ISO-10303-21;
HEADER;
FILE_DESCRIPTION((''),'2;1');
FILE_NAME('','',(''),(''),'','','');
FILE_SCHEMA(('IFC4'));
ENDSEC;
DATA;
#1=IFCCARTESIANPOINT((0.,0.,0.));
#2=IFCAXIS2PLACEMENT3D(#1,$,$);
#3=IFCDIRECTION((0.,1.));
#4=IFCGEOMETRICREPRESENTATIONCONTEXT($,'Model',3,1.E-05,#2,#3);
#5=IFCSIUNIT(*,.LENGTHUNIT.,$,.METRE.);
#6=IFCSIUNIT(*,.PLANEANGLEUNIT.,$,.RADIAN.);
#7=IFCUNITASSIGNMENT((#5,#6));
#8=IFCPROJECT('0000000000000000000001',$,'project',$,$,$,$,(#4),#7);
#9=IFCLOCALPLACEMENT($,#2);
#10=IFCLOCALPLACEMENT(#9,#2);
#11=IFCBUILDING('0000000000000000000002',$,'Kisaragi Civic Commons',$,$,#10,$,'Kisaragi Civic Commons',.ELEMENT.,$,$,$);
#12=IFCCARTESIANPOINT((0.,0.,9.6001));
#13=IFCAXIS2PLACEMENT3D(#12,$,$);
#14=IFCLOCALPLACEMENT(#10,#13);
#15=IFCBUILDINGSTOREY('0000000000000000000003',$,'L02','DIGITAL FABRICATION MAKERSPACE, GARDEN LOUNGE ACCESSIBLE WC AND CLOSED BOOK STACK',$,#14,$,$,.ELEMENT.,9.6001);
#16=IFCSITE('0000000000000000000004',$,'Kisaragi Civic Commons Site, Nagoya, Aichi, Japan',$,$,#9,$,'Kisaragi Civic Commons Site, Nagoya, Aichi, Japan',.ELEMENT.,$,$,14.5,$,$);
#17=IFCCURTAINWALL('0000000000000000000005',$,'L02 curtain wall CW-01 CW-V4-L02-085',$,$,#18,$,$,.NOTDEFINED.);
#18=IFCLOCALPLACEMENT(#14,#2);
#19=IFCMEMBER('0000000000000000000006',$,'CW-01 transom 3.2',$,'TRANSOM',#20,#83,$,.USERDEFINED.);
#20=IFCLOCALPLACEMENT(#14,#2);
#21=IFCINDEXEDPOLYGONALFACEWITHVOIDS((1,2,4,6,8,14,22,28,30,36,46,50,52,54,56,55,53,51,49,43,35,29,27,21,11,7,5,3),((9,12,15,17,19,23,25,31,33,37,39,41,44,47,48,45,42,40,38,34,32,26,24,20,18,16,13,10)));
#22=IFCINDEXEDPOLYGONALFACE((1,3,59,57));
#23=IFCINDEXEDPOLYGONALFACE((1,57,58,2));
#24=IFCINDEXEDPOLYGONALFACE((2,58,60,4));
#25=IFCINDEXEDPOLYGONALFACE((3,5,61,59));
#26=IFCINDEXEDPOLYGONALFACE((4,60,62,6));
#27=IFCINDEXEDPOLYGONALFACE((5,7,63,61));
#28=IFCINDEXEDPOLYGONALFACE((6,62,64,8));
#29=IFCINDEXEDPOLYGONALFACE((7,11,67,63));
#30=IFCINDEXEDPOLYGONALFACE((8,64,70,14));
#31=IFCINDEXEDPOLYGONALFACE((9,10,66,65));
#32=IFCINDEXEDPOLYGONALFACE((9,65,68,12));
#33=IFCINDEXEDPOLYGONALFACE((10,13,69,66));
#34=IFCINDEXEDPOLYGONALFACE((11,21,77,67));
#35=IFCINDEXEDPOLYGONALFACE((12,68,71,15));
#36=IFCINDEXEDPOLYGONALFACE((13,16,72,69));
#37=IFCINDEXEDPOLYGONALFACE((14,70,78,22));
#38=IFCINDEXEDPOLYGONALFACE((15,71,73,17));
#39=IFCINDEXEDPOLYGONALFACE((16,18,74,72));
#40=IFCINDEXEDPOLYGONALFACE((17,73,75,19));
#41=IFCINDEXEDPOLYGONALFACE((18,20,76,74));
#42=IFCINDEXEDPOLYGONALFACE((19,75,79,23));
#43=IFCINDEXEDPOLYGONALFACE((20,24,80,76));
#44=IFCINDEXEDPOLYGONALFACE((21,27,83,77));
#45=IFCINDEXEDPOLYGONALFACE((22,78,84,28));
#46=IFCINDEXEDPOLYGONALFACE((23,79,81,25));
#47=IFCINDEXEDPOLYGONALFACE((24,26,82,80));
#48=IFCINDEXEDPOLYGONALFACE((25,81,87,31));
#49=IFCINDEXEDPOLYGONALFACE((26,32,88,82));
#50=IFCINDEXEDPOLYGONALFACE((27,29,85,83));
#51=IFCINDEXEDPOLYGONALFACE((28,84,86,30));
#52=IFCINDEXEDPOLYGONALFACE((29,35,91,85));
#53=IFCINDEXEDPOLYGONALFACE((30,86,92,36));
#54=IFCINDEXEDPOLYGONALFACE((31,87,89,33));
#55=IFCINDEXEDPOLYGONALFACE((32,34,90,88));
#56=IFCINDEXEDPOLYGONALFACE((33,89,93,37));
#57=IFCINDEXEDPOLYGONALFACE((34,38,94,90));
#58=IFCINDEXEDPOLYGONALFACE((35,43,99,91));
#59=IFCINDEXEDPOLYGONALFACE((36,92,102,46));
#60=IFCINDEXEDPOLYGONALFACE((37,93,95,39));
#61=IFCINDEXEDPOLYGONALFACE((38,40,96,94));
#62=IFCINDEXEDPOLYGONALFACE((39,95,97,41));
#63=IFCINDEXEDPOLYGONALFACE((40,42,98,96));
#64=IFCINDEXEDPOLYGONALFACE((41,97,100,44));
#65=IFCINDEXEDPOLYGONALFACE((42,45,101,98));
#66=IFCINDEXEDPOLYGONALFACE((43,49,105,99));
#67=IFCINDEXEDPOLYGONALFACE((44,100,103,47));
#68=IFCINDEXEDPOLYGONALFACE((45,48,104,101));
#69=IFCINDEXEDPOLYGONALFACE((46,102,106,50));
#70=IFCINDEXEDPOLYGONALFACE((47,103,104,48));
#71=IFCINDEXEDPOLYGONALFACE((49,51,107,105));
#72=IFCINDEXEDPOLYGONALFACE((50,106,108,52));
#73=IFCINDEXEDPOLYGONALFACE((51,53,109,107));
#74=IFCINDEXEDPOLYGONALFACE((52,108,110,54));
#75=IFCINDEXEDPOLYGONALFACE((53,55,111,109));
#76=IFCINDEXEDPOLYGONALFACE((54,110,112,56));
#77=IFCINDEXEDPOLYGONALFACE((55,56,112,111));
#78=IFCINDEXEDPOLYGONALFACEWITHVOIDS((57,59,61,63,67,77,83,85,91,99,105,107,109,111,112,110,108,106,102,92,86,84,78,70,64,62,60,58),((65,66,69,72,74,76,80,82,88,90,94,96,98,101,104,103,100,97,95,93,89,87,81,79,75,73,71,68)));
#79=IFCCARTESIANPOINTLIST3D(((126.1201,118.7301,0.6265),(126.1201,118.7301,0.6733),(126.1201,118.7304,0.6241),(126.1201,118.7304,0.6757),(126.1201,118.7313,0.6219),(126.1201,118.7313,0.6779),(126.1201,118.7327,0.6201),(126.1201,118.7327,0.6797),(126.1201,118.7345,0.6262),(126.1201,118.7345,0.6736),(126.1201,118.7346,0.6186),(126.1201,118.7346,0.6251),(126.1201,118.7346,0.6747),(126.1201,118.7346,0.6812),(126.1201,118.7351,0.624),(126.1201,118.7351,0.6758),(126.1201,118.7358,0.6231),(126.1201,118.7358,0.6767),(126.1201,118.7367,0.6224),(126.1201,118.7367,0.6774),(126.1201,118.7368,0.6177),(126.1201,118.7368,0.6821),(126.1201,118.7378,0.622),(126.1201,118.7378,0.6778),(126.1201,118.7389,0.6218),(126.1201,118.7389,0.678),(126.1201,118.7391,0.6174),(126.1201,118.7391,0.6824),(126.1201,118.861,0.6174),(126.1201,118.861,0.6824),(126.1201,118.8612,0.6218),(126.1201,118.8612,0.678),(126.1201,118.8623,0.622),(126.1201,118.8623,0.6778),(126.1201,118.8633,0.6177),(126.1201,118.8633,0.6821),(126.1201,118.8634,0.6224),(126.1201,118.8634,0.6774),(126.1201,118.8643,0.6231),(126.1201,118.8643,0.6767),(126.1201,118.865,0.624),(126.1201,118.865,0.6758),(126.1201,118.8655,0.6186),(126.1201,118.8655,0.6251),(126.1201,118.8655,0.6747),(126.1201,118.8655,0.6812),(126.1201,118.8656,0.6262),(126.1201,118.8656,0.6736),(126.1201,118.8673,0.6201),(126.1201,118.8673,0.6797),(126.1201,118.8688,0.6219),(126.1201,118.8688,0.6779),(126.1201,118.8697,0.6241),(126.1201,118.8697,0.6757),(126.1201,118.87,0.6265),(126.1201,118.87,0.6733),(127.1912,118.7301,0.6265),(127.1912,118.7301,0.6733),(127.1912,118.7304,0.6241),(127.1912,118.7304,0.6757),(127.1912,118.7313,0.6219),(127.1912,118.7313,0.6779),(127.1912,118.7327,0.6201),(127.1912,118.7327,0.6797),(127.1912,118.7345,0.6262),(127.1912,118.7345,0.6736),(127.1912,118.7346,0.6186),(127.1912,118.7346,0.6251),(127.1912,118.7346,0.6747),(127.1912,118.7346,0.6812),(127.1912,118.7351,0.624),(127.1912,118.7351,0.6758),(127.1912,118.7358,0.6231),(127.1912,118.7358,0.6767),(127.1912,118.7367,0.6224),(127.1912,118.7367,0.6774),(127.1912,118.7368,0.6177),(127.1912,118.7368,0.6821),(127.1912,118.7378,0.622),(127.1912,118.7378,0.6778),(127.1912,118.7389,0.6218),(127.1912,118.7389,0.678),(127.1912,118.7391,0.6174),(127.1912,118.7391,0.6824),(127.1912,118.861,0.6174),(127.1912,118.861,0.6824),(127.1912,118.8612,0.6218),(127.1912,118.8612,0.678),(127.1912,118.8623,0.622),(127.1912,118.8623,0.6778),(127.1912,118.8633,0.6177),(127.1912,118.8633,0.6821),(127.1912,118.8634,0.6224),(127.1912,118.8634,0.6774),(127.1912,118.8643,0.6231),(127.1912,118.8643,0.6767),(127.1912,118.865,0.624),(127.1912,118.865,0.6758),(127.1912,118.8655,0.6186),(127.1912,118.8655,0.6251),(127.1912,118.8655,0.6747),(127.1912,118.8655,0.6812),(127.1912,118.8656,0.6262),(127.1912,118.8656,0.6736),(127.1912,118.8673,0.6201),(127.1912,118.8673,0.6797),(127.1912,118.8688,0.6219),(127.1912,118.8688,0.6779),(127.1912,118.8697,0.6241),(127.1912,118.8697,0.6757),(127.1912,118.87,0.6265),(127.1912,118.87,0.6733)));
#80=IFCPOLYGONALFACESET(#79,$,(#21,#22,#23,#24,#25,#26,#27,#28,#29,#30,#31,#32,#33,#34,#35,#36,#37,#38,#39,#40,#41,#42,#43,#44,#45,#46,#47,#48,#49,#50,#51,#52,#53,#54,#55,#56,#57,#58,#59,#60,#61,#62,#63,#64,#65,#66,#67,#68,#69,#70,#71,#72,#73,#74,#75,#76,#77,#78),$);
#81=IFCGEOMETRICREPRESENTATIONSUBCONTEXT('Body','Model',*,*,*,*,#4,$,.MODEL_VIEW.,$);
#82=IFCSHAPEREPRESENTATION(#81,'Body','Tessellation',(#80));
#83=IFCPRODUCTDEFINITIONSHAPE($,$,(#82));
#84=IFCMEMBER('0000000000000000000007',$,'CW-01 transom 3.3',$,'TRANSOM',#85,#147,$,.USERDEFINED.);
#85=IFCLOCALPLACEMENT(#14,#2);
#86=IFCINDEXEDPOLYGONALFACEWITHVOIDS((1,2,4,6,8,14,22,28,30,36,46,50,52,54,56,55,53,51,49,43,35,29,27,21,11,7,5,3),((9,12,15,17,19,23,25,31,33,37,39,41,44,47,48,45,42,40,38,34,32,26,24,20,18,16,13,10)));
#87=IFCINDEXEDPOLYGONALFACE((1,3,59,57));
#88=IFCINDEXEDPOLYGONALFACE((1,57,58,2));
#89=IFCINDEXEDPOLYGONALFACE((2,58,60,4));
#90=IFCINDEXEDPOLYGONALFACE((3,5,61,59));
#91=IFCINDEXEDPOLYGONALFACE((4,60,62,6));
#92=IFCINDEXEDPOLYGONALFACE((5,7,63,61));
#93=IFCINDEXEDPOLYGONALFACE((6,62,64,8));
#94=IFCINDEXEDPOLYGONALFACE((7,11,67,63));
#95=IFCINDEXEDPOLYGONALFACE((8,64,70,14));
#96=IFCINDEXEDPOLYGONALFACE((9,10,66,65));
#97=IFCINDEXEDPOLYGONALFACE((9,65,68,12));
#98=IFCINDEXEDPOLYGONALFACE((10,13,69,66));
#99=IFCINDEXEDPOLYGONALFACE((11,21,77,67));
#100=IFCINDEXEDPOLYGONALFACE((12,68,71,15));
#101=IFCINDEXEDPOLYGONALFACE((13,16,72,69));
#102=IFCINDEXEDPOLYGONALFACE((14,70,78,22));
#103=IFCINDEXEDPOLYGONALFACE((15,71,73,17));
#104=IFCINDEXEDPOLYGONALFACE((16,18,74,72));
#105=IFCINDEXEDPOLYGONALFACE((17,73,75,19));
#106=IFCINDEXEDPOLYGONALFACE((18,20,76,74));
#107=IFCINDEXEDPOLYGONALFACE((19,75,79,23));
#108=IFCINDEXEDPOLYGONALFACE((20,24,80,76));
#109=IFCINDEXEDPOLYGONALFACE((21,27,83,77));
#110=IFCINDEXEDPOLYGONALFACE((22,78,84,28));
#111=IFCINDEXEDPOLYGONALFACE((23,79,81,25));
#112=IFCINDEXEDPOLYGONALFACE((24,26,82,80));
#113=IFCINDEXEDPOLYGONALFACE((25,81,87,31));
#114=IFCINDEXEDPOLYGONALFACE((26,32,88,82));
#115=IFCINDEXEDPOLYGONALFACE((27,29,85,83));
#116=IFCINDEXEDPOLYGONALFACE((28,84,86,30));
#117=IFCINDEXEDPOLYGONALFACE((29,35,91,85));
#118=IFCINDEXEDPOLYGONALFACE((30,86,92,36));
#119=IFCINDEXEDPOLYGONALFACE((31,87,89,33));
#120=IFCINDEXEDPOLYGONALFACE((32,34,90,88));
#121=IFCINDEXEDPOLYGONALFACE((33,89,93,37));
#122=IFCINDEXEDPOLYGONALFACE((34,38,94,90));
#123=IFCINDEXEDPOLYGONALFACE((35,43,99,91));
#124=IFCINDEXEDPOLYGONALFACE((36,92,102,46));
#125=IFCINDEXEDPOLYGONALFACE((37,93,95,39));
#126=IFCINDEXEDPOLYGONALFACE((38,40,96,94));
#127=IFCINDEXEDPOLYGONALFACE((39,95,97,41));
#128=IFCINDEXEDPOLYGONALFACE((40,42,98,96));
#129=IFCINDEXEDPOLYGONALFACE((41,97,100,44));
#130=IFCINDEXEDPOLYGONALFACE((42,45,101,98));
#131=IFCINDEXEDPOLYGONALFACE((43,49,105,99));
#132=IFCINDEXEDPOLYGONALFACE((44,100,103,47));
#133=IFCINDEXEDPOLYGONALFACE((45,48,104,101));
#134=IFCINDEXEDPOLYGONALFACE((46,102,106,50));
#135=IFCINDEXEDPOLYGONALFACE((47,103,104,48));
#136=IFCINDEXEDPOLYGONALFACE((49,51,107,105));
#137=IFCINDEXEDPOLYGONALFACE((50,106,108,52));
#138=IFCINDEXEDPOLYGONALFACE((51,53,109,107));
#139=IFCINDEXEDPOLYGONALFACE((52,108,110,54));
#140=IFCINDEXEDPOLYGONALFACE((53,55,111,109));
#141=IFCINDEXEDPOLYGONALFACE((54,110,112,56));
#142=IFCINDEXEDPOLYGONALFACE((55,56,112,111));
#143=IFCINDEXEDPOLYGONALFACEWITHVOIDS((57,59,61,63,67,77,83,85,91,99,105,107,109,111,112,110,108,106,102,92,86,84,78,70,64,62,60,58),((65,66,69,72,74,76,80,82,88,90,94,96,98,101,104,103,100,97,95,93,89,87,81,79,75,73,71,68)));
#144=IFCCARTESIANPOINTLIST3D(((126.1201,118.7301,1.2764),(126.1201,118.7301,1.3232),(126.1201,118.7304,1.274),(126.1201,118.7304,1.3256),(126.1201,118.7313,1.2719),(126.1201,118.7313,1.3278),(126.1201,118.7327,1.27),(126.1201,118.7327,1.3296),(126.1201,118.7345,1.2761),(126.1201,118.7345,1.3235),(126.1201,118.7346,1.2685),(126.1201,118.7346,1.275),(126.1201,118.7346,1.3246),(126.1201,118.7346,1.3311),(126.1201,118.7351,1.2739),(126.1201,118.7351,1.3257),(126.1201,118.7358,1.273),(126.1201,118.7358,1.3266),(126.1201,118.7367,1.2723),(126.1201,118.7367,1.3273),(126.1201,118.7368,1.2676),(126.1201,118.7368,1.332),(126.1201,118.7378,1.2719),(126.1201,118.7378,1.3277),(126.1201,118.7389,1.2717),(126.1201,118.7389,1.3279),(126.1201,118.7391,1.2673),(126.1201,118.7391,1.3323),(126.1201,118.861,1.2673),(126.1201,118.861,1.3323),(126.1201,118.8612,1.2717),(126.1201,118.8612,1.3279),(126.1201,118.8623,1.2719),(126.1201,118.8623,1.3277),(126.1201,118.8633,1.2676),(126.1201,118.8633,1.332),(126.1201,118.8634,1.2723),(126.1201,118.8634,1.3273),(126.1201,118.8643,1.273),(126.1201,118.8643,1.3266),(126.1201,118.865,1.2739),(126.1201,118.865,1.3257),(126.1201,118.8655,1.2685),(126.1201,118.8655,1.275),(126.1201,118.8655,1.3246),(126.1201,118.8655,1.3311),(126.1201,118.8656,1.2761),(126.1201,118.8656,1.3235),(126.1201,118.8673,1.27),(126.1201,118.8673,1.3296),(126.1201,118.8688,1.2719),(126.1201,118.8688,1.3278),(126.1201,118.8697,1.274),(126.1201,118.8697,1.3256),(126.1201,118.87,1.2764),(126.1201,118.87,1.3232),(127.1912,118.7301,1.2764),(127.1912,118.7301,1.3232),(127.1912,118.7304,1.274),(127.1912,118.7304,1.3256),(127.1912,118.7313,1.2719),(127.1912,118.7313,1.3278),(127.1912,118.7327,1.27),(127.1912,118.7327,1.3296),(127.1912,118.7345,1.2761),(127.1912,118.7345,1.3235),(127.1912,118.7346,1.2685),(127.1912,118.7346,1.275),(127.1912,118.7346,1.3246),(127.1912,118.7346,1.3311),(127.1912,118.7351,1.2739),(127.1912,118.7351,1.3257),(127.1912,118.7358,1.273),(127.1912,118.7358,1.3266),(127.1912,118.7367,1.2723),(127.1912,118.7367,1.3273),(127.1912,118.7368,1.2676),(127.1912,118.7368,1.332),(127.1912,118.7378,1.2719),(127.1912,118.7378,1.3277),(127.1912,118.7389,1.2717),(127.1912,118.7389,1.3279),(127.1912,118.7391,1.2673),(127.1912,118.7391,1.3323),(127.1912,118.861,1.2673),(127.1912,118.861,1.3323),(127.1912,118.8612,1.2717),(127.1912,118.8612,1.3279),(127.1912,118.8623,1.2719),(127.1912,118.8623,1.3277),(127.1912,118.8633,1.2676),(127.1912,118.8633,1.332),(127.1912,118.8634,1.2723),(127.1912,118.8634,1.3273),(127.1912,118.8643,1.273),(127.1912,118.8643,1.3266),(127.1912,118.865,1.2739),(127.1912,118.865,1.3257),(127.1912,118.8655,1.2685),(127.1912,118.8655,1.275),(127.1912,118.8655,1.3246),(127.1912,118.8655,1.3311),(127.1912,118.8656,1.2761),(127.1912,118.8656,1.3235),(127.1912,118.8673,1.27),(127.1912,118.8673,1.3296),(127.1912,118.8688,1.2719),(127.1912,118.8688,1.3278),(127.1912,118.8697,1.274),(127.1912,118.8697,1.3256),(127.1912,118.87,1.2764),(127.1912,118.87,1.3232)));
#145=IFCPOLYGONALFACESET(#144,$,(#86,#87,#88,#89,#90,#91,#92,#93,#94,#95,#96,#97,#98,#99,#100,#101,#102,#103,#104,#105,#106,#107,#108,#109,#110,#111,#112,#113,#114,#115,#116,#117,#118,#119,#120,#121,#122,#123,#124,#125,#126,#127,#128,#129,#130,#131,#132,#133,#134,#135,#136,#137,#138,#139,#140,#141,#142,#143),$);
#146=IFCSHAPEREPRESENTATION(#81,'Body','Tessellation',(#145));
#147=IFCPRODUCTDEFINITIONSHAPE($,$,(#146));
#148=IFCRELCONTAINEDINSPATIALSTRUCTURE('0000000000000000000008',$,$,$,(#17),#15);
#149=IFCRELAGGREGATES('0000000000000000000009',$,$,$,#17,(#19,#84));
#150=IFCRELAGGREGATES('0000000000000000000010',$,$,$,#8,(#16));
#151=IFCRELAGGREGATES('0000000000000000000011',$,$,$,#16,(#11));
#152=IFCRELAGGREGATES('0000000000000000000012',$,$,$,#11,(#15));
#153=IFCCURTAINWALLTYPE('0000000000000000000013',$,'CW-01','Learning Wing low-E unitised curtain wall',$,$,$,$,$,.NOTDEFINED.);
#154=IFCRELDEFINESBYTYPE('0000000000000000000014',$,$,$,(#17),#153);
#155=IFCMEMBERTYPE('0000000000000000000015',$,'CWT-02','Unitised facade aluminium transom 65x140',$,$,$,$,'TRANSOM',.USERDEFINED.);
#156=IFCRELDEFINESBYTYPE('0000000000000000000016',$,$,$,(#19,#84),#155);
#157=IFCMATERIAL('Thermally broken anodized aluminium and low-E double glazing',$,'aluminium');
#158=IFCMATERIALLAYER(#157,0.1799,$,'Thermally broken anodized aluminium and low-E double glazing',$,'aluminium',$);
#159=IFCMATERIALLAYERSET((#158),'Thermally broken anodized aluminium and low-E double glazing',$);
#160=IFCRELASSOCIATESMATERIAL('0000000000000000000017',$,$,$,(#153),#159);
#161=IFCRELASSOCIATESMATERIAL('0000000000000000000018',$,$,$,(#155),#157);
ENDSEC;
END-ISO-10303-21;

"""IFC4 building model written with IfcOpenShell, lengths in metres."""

from ifc_helpers import new_model, si_unit, direction, frame, origin, origin_2d, place, context, subcontext, project, spatial, hollow_rectangle, extrude, material, layer, layer_set, material_profile, profile_set, type_object, element, aggregate, save


model = new_model("IFC4")

# Units and contexts
model_context = context("Model", 3, precision=1e-05, world=origin(), true_north=direction((0.0, 1.0)))
body_context = subcontext(model_context, "Body", "Model", "MODEL_VIEW")
ifc_project = project(units=[si_unit("LENGTHUNIT", "METRE"), si_unit("PLANEANGLEUNIT", "RADIAN")], contexts=[model_context])

# Site, building, storey
site_placement = place(None, origin())
site = spatial("IfcSite", under=ifc_project, at=site_placement, Name="Kisaragi Civic Commons Site, Nagoya, Aichi, Japan", LongName="Kisaragi Civic Commons Site, Nagoya, Aichi, Japan", CompositionType="ELEMENT", RefElevation=14.5)
building_placement = place(site_placement, origin())
building = spatial("IfcBuilding", under=site, at=building_placement, Name="Kisaragi Civic Commons", LongName="Kisaragi Civic Commons", CompositionType="ELEMENT")
storey_placement = place(building_placement, frame((0.0, 0.0, 9.6001)))
storey = spatial("IfcBuildingStorey", under=building, at=storey_placement, Name="L02", Description="DIGITAL FABRICATION MAKERSPACE, GARDEN LOUNGE ACCESSIBLE WC AND CLOSED BOOK STACK", CompositionType="ELEMENT", Elevation=9.6001)

# Curtain wall
ifc_material_1 = material(Name="Thermally broken anodized aluminium and low-E double glazing", Category="aluminium")
ifc_layer_1 = layer(ifc_material_1, 0.1799, Name="Thermally broken anodized aluminium and low-E double glazing", Category="aluminium")
ifc_layer_set_1 = layer_set([ifc_layer_1], Name="Thermally broken anodized aluminium and low-E double glazing")
curtain_wall_type = type_object("IfcCurtainWallType", Name="CW-01", Description="Learning Wing low-E unitised curtain wall", PredefinedType="NOTDEFINED", material=ifc_layer_set_1)
curtain_wall_1_placement = place(storey_placement, origin())
curtain_wall_1 = element("IfcCurtainWall", 1, at=curtain_wall_1_placement, inside=storey, type_object=curtain_wall_type, Name="L02 curtain wall CW-01 CW-V4-L02-085", PredefinedType="NOTDEFINED")

# Members
ifc_material_profile_1 = material_profile(ifc_material_1, hollow_rectangle(XDim=0.1399, YDim=0.0649, WallThickness=0.0044, InnerFilletRadius=0.0044, OuterFilletRadius=0.009, at=origin_2d()), Name="CWT-65x140x4.5", Category="aluminium")
ifc_profile_set_1 = profile_set([ifc_material_profile_1], Name="Thermally broken anodized aluminium and low-E double glazing")
member_type_1 = type_object("IfcMemberType", Name="CWT-02", Description="Unitised facade aluminium transom 65x140", ElementType="TRANSOM", PredefinedType="USERDEFINED", material=ifc_profile_set_1)
member_1_placement = place(storey_placement, frame((126.1201, 118.8, 0.6499), z_axis=(1.0, 0.0, 0.0), x_axis=(0.0, 1.0, 0.0)))
member_1 = element("IfcMember", 2, at=member_1_placement, type_object=member_type_1, Name="CW-01 transom 3.2", ObjectType="TRANSOM", PredefinedType="USERDEFINED", context=body_context, shape_type="SweptSolid", body=[
    extrude(hollow_rectangle(XDim=0.1399, YDim=0.0649, WallThickness=0.0044, InnerFilletRadius=0.0044, OuterFilletRadius=0.009, at=origin_2d()), origin(), (0.0, 0.0, 1.0), 1.071),
])
member_2_placement = place(storey_placement, frame((126.1201, 118.8, 1.2998), z_axis=(1.0, 0.0, 0.0), x_axis=(0.0, 1.0, 0.0)))
member_2 = element("IfcMember", 3, at=member_2_placement, type_object=member_type_1, Name="CW-01 transom 3.3", ObjectType="TRANSOM", PredefinedType="USERDEFINED", context=body_context, shape_type="SweptSolid", body=[
    extrude(hollow_rectangle(XDim=0.1399, YDim=0.0649, WallThickness=0.0044, InnerFilletRadius=0.0044, OuterFilletRadius=0.009, at=origin_2d()), origin(), (0.0, 0.0, 1.0), 1.071),
])

aggregate(curtain_wall_1, [member_1, member_2])

save(model, "model.ifc")
